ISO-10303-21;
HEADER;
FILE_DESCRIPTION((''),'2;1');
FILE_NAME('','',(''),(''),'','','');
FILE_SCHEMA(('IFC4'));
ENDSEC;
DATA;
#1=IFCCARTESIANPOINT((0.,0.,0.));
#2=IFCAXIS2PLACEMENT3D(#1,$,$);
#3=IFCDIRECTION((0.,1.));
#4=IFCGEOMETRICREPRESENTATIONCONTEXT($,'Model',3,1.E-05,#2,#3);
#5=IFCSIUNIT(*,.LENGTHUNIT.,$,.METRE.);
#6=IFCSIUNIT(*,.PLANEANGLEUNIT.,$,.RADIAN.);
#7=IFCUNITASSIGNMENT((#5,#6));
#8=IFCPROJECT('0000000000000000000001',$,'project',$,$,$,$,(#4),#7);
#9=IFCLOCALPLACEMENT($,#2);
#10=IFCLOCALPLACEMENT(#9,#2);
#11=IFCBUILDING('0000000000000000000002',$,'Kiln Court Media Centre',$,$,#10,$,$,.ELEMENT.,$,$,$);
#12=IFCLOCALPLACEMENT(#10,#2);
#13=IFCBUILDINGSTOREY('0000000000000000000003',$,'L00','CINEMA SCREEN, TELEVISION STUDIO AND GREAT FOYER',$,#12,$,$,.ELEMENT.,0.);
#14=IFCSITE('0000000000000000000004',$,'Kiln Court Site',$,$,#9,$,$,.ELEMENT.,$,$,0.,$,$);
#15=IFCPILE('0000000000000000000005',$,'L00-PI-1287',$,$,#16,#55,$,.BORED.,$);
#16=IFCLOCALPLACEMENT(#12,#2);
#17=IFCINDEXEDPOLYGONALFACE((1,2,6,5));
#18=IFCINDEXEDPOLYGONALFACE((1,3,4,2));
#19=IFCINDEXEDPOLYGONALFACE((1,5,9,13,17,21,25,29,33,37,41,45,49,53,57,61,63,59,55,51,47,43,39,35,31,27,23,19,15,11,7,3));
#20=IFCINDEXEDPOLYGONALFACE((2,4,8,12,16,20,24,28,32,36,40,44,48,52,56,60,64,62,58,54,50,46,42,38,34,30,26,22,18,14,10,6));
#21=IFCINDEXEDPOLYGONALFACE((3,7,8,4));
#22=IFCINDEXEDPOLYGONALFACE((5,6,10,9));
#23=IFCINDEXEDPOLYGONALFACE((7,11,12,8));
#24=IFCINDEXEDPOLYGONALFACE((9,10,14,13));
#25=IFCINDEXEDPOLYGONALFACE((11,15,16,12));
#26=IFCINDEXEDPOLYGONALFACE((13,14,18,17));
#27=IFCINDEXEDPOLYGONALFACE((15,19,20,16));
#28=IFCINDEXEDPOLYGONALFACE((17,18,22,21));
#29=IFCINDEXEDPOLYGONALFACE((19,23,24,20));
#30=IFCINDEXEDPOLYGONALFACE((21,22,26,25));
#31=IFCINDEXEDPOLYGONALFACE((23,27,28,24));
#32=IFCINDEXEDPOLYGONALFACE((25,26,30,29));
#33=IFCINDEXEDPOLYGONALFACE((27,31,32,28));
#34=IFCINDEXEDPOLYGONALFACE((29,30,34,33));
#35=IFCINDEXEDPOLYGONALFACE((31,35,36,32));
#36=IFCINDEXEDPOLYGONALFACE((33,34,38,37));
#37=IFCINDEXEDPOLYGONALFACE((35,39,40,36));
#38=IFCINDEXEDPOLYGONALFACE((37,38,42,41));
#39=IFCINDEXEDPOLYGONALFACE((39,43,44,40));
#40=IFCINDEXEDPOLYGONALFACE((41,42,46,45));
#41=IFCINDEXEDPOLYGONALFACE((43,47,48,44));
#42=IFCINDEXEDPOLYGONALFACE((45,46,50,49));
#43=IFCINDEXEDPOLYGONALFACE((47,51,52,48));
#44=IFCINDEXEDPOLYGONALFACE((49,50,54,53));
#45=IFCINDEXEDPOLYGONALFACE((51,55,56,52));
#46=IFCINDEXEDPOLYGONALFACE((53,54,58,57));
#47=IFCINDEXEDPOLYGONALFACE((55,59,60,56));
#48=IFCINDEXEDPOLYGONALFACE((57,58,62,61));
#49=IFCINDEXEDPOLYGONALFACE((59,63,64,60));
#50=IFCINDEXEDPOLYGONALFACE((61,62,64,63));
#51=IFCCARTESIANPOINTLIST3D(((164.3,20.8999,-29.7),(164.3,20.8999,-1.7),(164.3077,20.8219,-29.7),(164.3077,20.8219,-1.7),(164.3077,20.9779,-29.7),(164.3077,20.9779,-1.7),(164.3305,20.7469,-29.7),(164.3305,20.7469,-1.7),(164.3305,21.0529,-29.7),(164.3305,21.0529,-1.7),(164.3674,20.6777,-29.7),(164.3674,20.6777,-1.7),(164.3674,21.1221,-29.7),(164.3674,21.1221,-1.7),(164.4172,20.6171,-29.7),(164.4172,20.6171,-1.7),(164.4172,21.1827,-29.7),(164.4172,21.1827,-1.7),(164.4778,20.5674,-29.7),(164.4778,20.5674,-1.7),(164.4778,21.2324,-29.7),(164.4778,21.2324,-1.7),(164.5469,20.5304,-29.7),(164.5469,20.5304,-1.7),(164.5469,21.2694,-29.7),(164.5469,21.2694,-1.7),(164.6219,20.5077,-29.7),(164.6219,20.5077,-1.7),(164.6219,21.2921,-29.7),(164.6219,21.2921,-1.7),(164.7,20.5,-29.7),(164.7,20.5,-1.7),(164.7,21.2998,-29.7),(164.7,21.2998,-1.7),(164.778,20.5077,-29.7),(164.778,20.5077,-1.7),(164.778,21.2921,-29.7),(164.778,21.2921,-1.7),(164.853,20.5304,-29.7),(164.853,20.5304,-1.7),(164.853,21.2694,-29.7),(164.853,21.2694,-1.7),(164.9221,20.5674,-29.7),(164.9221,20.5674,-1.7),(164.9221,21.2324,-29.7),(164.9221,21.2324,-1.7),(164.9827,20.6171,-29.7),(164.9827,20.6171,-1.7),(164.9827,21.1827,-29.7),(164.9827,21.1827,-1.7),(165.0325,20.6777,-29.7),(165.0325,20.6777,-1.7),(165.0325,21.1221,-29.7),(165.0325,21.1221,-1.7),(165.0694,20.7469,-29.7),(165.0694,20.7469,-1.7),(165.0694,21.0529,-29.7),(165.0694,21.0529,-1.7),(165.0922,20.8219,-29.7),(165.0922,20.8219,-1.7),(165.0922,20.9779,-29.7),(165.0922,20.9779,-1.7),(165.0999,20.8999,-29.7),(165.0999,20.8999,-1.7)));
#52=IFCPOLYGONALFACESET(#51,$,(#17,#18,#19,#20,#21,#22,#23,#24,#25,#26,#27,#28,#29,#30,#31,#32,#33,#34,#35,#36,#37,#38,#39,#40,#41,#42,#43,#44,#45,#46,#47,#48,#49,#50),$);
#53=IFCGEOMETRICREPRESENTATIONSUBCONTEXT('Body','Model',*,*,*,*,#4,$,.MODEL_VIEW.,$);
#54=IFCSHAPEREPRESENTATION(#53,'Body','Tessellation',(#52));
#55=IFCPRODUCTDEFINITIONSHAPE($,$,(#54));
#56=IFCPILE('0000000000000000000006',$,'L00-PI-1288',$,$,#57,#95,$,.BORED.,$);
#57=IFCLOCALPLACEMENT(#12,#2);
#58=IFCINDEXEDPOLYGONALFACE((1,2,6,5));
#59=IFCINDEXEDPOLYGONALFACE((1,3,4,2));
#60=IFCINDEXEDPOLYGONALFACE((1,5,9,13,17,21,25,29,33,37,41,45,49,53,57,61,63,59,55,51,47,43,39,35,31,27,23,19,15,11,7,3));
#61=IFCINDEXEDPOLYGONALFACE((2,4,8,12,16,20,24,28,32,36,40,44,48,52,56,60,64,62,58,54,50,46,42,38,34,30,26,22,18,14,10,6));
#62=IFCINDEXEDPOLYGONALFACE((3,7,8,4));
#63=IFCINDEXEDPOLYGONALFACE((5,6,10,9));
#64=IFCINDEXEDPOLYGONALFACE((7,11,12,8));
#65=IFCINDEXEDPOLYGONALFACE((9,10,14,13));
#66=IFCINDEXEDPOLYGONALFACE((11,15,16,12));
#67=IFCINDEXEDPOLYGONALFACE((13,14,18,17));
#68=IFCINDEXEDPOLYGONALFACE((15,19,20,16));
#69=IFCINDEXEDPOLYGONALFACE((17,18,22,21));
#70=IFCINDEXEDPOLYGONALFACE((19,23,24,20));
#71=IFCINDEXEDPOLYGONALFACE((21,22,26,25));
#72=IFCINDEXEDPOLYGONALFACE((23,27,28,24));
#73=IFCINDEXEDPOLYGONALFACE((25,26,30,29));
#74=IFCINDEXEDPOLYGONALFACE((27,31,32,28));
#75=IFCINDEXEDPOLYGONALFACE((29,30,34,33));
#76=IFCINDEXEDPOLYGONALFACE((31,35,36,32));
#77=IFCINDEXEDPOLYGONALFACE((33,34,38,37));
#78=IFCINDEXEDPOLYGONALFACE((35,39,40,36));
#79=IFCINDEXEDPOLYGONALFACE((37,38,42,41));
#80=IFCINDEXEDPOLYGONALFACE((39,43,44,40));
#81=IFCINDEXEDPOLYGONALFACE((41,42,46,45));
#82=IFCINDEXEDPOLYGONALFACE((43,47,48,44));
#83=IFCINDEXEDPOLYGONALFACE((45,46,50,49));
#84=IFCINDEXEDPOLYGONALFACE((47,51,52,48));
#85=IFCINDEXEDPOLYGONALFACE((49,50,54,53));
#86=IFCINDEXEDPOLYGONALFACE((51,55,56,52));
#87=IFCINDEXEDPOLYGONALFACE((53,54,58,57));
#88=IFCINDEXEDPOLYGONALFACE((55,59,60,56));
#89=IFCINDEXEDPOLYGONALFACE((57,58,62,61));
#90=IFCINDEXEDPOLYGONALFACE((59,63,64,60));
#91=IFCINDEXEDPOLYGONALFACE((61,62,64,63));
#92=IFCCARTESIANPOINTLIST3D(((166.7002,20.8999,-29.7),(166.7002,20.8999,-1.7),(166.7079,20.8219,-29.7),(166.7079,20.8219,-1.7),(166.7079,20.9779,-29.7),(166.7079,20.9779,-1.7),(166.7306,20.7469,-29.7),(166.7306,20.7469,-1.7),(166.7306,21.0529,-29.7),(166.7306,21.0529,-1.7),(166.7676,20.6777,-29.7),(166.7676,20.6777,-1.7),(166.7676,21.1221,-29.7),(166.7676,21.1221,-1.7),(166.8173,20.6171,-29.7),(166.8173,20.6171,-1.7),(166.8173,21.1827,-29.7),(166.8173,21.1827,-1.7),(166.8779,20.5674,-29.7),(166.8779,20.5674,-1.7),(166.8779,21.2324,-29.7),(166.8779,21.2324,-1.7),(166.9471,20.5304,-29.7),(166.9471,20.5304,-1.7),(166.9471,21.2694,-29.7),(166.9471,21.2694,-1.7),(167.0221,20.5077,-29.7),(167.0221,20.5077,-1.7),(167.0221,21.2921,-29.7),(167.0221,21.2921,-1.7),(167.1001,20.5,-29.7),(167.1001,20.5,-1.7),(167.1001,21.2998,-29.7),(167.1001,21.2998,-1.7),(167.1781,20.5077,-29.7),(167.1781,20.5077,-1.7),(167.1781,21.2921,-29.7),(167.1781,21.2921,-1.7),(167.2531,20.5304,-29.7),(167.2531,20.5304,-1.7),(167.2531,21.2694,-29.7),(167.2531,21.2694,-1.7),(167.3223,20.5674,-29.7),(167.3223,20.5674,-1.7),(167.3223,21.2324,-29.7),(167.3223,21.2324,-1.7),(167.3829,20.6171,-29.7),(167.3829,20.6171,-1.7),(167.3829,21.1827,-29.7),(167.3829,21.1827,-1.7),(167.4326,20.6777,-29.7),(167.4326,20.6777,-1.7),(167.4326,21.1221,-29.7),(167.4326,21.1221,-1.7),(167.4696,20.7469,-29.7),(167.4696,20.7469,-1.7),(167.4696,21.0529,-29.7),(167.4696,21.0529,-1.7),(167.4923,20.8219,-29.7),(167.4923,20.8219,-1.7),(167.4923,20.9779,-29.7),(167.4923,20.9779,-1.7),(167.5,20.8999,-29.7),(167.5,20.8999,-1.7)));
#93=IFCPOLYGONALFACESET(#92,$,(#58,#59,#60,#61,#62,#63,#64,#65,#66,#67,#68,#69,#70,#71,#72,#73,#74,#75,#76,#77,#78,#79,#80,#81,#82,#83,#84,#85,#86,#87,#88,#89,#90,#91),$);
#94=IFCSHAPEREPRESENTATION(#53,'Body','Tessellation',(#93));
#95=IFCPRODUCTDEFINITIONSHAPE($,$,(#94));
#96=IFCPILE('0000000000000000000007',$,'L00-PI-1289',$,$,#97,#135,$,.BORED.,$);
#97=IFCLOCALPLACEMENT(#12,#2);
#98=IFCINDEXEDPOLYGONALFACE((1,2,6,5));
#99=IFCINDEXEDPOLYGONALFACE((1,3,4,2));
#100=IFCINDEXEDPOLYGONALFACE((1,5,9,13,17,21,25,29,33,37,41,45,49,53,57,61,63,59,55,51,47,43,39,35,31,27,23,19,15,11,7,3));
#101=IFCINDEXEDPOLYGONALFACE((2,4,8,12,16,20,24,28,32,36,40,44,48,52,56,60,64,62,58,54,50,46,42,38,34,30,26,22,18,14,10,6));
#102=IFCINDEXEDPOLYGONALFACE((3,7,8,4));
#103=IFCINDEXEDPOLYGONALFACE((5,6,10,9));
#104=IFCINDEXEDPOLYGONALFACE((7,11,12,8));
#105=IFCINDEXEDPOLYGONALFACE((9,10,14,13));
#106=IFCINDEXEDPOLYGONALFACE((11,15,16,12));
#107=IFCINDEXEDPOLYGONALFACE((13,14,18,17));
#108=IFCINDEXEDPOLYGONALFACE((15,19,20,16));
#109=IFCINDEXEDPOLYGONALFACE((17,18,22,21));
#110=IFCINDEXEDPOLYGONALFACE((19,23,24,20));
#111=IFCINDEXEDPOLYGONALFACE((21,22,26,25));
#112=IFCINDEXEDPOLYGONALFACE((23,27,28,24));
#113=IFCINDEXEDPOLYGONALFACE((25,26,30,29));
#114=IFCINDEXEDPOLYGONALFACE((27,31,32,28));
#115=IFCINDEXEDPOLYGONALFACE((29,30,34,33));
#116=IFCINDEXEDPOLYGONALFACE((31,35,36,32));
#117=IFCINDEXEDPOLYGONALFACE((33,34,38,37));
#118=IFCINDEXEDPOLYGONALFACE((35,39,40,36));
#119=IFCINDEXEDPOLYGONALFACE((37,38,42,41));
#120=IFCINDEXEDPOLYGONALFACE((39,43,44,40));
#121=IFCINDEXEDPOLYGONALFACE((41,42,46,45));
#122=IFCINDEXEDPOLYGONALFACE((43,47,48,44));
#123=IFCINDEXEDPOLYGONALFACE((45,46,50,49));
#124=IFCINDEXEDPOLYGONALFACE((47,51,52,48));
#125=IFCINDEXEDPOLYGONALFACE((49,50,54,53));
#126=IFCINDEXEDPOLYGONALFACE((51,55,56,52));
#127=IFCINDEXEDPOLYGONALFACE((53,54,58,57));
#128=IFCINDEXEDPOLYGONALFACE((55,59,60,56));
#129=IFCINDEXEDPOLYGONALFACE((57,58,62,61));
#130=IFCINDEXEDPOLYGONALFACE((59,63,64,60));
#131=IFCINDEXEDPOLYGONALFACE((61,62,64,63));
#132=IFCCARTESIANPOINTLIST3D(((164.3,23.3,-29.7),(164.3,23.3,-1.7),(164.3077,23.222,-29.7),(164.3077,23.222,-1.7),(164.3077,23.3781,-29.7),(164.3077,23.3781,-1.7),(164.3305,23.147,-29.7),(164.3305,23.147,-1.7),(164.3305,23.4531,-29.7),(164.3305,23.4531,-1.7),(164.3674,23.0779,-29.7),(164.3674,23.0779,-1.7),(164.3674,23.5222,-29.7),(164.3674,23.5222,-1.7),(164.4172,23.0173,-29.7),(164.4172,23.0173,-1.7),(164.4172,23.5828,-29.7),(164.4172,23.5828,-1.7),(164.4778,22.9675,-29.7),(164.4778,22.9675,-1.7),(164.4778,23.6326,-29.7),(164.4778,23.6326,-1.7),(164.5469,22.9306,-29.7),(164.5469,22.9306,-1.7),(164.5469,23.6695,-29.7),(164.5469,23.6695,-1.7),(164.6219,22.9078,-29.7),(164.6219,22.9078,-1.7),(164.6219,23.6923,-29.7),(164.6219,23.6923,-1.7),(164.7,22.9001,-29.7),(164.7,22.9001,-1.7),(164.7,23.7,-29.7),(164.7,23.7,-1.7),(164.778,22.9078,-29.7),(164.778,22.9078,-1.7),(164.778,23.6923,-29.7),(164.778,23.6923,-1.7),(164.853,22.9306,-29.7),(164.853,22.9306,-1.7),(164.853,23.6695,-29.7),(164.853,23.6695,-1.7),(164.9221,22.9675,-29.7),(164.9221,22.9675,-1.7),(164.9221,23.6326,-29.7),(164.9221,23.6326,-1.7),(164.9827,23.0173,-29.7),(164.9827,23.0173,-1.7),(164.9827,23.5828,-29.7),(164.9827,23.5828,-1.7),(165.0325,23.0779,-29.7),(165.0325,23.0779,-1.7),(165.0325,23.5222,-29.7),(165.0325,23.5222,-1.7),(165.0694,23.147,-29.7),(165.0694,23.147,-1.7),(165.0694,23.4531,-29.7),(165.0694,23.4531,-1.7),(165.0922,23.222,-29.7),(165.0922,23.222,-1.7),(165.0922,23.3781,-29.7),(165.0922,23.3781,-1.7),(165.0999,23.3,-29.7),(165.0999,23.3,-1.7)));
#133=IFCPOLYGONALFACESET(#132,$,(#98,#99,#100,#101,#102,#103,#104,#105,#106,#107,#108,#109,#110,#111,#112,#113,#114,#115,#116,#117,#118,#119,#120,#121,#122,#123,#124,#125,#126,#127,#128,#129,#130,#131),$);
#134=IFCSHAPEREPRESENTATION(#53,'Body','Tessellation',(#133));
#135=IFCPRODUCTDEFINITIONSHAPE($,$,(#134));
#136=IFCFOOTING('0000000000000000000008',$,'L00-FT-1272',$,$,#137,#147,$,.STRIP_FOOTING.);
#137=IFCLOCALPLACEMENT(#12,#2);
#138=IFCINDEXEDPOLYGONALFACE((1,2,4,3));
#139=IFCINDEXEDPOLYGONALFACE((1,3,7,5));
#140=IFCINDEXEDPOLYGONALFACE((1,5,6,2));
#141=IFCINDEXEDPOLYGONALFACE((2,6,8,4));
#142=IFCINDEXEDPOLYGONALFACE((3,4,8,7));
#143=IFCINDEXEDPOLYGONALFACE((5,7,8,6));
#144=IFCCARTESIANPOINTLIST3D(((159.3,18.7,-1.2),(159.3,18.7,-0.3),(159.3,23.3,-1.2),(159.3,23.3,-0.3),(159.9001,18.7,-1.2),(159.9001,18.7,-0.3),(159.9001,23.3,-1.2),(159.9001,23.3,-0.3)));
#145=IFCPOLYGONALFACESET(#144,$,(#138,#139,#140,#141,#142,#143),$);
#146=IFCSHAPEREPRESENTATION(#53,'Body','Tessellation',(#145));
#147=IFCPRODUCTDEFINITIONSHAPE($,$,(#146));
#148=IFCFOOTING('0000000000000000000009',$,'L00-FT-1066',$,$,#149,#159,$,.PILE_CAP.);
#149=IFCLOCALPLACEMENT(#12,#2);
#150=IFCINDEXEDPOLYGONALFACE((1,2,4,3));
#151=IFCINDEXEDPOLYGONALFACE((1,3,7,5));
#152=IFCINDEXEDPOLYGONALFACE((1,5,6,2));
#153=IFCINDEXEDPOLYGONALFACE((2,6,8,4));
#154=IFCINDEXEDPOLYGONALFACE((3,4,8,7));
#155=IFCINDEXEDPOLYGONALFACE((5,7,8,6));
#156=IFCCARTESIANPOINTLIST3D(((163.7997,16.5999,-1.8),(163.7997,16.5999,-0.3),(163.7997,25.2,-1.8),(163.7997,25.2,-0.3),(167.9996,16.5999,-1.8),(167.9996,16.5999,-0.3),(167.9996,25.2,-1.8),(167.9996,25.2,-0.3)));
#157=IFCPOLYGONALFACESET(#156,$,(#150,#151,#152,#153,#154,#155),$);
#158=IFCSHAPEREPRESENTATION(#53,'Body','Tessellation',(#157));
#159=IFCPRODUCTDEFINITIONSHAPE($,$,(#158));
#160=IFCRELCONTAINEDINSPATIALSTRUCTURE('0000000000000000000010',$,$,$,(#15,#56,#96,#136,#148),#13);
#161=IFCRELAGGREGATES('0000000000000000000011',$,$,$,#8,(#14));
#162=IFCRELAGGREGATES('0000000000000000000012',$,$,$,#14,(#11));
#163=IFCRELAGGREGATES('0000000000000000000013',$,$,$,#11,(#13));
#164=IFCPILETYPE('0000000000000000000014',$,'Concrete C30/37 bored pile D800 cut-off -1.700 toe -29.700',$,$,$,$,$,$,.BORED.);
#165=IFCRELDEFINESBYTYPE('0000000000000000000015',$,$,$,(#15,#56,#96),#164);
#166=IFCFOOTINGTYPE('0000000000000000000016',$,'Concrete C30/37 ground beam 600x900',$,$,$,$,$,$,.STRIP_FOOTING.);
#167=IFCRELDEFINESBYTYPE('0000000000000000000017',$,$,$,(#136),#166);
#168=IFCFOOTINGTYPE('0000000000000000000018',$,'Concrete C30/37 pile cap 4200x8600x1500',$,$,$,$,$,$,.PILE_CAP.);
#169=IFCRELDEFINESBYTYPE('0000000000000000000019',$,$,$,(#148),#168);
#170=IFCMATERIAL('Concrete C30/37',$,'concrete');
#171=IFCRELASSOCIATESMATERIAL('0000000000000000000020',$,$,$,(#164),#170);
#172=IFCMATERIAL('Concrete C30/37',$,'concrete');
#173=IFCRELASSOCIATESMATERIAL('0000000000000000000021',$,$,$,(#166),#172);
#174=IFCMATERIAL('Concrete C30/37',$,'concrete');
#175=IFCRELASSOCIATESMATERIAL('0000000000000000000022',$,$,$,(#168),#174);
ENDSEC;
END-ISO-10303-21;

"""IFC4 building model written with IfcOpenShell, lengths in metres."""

from ifc_helpers import new_model, si_unit, direction, frame, origin, origin_2d, place, context, subcontext, project, spatial, rectangle, circle, extrude, material, material_profile, profile_set, type_object, element, save


model = new_model("IFC4")

# Units and contexts
model_context = context("Model", 3, precision=1e-05, world=origin(), true_north=direction((0.0, 1.0)))
body_context = subcontext(model_context, "Body", "Model", "MODEL_VIEW")
ifc_project = project(units=[si_unit("LENGTHUNIT", "METRE"), si_unit("PLANEANGLEUNIT", "RADIAN")], contexts=[model_context])

# Site, building, storey
site_placement = place(None, origin())
site = spatial("IfcSite", under=ifc_project, at=site_placement, Name="Kiln Court Site", CompositionType="ELEMENT", RefElevation=0.0)
building_placement = place(site_placement, origin())
building = spatial("IfcBuilding", under=site, at=building_placement, Name="Kiln Court Media Centre", CompositionType="ELEMENT")
storey_placement = place(building_placement, origin())
storey = spatial("IfcBuildingStorey", under=building, at=storey_placement, Name="L00", Description="CINEMA SCREEN, TELEVISION STUDIO AND GREAT FOYER", CompositionType="ELEMENT", Elevation=0.0)

# Piles
ifc_material_1 = material(Name="Concrete C30/37", Category="concrete")
ifc_material_profile = material_profile(ifc_material_1, circle(Radius=0.3999, at=origin_2d()), Name="PILE D800")
ifc_profile_set = profile_set([ifc_material_profile], Name="Concrete C30/37")
pile_type = type_object("IfcPileType", Name="Concrete C30/37 bored pile D800 cut-off -1.700 toe -29.700", PredefinedType="BORED", material=ifc_profile_set)
for number, where, z_axis, x_axis, name in (
    (1, (164.7, 20.8999, -1.7), (0.0, 0.0, -1.0), (1.0, 0.0, 0.0), "L00-PI-1287"),
    (2, (167.1001, 20.8999, -1.7), (0.0, 0.0, -1.0), (1.0, 0.0, 0.0), "L00-PI-1288"),
    (3, (164.7, 23.3, -1.7), (0.0, 0.0, -1.0), (1.0, 0.0, 0.0), "L00-PI-1289"),
):
    element("IfcPile", number, at=place(storey_placement, frame(where, z_axis=z_axis, x_axis=x_axis)), inside=storey, type_object=pile_type, Name=name, PredefinedType="BORED", context=body_context, shape_type="SweptSolid", body=[
        extrude(circle(Radius=0.3999, at=origin_2d()), origin(), (0.0, 0.0, 1.0), 28.0),
    ])

# Footings
ifc_material_2 = material(Name="Concrete C30/37", Category="concrete")
footing_type_1 = type_object("IfcFootingType", Name="Concrete C30/37 ground beam 600x900", PredefinedType="STRIP_FOOTING", material=ifc_material_2)
footing_1_placement = place(storey_placement, frame((159.6001, 21.0, -1.2), z_axis=(0.0, 0.0, 1.0), x_axis=(1.0, 0.0, 0.0)))
element("IfcFooting", 4, at=footing_1_placement, inside=storey, type_object=footing_type_1, Name="L00-FT-1272", PredefinedType="STRIP_FOOTING", context=body_context, shape_type="SweptSolid", body=[
    extrude(rectangle(XDim=0.6001, YDim=4.6001, at=origin_2d()), origin(), (0.0, 0.0, 1.0), 0.8999),
])
ifc_material_3 = material(Name="Concrete C30/37", Category="concrete")
footing_type_2 = type_object("IfcFootingType", Name="Concrete C30/37 pile cap 4200x8600x1500", PredefinedType="PILE_CAP", material=ifc_material_3)
footing_2_placement = place(storey_placement, frame((165.8997, 20.8999, -1.8), z_axis=(0.0, 0.0, 1.0), x_axis=(1.0, 0.0, 0.0)))
element("IfcFooting", 5, at=footing_2_placement, inside=storey, type_object=footing_type_2, Name="L00-FT-1066", PredefinedType="PILE_CAP", context=body_context, shape_type="SweptSolid", body=[
    extrude(rectangle(XDim=4.2, YDim=8.6001, at=origin_2d()), origin(), (0.0, 0.0, 1.0), 1.5),
])

save(model, "model.ifc")
